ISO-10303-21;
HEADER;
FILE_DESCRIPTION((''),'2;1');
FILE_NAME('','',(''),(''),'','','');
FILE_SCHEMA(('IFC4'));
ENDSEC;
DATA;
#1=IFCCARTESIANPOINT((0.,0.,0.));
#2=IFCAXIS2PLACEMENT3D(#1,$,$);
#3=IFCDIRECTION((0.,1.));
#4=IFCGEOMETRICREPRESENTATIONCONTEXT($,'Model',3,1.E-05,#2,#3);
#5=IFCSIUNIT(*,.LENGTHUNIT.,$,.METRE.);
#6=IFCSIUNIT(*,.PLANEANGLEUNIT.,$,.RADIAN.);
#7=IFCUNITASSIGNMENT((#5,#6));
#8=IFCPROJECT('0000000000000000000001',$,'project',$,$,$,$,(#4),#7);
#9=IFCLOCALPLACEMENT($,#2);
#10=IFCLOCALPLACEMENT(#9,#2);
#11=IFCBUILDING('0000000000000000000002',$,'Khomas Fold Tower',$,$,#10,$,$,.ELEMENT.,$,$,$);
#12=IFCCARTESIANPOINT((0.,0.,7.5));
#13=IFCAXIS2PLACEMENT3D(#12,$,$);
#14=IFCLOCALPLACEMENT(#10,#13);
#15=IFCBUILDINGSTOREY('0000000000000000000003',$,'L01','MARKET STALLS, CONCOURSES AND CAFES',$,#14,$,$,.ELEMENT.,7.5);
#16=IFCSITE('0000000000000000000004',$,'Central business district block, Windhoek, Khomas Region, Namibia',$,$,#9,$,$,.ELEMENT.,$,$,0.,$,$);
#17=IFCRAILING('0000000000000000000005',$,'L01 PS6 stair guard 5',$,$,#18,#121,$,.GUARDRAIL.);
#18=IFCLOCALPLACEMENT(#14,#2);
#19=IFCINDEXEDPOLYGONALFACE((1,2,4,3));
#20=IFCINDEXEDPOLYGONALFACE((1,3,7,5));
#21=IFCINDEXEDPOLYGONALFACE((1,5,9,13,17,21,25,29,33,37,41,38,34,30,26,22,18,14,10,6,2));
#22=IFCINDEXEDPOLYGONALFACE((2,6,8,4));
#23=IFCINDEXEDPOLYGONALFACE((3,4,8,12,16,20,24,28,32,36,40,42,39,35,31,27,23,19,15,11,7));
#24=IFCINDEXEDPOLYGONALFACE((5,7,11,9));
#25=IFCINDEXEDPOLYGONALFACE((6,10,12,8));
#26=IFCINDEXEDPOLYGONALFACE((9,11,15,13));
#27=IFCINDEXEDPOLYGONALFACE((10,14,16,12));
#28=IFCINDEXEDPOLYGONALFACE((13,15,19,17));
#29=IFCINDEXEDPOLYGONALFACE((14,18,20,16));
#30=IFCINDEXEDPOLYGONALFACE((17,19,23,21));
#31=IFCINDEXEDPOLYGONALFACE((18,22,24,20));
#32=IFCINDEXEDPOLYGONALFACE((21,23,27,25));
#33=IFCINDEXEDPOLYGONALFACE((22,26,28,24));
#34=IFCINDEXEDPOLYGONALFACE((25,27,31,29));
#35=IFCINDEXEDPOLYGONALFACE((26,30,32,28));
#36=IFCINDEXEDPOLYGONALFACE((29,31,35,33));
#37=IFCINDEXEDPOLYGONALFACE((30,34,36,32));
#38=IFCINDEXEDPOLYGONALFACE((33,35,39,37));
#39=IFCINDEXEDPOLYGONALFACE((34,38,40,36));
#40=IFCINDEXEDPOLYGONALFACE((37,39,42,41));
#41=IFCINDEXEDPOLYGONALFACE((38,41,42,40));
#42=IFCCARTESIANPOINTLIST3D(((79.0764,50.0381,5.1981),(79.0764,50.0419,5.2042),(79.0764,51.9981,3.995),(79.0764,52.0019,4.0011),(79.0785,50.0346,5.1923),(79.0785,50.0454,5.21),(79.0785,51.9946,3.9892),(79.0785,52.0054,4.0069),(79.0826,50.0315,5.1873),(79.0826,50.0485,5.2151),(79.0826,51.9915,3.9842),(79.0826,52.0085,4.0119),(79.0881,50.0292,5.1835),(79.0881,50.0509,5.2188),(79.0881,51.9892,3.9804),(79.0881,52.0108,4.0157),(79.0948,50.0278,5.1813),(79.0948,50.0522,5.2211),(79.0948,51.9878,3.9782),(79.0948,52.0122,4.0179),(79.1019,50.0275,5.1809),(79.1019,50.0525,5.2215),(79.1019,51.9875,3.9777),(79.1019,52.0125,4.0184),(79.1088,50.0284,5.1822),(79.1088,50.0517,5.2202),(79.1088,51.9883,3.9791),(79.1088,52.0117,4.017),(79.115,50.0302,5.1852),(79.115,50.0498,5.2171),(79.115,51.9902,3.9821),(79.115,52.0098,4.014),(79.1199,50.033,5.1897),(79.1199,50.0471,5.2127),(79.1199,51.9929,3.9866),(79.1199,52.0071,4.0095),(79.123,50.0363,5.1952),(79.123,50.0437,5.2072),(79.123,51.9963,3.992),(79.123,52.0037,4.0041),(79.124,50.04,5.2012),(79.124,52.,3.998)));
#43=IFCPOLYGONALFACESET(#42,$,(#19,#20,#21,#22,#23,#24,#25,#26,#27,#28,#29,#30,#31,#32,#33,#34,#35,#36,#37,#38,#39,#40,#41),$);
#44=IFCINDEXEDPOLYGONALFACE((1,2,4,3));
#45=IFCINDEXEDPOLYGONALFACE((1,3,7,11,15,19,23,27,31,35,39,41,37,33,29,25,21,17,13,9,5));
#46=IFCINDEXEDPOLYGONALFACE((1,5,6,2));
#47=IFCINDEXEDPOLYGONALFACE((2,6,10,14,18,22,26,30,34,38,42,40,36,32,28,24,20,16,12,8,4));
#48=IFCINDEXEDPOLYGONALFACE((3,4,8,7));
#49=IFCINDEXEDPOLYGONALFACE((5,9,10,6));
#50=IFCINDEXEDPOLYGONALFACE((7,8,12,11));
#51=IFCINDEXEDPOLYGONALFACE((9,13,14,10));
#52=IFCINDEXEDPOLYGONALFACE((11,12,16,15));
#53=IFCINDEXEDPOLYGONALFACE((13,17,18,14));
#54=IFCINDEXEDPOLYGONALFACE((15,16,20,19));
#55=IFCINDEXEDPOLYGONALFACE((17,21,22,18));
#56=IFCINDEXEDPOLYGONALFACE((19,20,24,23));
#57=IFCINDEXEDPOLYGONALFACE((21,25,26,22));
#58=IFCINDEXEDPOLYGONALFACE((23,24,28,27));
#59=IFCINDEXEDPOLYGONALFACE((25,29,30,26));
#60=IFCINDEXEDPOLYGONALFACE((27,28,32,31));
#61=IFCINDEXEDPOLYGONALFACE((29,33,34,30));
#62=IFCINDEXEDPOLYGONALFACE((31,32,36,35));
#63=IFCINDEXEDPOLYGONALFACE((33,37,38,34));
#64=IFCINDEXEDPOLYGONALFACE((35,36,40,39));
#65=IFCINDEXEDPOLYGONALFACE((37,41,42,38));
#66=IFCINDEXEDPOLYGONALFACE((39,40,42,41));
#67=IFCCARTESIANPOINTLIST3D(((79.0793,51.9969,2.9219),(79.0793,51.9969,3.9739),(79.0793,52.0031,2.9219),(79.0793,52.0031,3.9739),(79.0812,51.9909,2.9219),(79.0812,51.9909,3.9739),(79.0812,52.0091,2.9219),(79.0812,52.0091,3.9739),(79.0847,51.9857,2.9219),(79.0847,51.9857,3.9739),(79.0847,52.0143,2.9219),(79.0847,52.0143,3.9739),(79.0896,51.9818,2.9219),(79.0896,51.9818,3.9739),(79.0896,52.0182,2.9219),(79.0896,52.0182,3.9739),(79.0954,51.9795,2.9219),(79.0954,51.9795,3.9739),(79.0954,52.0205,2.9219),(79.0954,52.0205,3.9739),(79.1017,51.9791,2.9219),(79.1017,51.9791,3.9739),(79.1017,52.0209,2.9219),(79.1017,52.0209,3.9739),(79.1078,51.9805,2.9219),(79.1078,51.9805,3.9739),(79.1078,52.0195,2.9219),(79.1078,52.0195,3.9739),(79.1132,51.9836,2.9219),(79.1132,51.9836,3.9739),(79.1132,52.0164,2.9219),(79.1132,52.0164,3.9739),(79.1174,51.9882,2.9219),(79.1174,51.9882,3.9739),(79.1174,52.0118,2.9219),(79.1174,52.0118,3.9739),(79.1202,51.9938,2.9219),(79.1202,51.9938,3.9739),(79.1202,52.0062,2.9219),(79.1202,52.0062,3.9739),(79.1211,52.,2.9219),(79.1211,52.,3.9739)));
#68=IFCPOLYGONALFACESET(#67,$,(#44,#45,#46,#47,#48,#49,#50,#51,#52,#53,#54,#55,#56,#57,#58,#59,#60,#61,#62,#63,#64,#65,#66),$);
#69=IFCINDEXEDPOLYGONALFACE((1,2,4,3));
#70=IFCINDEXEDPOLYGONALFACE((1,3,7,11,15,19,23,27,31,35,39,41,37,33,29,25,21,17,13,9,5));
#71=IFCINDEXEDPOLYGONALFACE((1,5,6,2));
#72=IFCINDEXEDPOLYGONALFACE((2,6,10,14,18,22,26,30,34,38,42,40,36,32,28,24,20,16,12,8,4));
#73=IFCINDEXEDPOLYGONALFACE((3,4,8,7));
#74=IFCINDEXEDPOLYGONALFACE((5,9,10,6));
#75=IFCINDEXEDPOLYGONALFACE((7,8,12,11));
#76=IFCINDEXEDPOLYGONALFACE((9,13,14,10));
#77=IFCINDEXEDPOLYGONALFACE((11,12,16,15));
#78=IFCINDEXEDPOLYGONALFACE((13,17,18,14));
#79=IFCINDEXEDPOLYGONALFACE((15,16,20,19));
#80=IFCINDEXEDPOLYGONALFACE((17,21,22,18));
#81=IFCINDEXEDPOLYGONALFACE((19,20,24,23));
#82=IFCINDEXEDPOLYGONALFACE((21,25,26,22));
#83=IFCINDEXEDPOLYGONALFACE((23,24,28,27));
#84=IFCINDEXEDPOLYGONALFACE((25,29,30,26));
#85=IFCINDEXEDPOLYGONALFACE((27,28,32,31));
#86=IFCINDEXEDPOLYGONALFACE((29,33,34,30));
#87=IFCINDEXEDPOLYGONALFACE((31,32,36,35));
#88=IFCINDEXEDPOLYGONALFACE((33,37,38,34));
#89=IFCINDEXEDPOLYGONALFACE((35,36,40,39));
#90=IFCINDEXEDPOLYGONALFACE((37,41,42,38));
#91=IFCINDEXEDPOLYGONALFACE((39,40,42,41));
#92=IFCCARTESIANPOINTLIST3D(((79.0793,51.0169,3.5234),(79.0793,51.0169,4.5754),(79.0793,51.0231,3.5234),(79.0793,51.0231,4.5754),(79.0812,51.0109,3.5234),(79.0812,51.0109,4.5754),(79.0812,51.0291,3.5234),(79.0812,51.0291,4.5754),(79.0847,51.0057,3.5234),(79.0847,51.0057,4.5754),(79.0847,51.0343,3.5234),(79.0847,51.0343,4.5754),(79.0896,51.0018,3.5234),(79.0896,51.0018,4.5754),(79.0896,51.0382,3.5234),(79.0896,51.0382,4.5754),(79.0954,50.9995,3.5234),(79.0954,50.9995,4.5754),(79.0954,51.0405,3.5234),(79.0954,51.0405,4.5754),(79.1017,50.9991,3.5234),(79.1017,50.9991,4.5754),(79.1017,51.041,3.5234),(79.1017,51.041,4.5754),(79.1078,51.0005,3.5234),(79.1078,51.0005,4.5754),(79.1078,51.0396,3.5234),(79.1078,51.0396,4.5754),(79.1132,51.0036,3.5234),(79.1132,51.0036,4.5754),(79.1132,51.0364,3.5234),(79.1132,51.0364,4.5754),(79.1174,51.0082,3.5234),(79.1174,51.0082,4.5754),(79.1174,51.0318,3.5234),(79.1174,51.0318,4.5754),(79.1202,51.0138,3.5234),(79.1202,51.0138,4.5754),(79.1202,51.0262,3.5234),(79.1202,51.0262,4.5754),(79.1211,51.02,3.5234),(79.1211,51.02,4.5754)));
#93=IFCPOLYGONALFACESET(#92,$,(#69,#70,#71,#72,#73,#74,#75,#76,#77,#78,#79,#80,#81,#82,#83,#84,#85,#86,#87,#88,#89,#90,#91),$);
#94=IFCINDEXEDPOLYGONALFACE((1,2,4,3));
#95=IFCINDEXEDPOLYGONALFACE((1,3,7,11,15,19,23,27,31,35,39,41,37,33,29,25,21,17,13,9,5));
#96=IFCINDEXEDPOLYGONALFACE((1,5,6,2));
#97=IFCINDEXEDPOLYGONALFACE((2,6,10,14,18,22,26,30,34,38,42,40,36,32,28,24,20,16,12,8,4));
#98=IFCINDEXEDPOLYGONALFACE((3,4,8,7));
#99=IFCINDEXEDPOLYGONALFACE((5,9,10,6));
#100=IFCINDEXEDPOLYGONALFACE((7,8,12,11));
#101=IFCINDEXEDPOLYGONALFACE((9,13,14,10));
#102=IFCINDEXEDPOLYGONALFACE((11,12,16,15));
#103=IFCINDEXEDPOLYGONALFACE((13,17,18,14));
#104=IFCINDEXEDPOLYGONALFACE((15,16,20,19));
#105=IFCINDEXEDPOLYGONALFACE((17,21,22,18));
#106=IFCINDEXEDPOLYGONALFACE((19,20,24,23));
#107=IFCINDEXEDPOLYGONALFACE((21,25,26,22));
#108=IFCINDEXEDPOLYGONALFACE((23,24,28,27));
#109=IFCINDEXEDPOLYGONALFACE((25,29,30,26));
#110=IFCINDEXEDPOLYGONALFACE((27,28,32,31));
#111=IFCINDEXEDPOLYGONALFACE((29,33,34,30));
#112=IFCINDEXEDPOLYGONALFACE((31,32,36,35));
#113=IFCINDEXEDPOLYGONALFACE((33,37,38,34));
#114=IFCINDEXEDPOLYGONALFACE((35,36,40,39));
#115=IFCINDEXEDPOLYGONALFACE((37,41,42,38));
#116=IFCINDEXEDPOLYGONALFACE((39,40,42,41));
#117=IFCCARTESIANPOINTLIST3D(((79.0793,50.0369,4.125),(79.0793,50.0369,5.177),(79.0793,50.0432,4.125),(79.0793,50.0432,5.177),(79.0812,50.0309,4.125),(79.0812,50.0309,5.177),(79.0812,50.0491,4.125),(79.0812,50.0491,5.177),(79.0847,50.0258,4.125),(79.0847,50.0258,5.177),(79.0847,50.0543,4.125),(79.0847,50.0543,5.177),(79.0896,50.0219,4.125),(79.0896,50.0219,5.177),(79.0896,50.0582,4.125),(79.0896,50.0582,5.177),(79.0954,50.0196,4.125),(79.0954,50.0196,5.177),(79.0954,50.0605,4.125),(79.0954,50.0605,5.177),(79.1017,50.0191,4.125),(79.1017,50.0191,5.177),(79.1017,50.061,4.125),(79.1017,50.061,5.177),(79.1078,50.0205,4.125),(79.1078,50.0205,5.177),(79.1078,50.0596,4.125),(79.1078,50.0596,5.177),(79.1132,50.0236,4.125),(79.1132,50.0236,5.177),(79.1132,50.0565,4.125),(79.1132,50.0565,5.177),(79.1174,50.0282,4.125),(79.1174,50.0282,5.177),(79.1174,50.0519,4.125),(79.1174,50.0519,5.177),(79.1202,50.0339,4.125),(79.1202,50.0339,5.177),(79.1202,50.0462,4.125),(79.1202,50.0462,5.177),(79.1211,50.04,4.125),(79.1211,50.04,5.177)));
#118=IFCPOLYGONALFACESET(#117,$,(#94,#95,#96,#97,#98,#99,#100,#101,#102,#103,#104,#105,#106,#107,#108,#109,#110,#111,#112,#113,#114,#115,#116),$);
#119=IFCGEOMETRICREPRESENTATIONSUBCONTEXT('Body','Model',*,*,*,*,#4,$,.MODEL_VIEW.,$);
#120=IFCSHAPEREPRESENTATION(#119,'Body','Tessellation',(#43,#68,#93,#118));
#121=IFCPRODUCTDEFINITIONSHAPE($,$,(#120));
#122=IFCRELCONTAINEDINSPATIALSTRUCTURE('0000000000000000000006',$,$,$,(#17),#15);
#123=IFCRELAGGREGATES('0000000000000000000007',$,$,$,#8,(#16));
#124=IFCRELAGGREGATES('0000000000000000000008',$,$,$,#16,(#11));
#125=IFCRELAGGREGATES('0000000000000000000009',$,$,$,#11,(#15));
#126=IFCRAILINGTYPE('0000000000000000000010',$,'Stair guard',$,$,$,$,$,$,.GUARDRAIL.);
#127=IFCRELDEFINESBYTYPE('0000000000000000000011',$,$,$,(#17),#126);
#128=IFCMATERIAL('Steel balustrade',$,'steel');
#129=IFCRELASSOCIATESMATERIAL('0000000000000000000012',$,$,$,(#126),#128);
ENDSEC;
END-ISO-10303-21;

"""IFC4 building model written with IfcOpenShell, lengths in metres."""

from ifc_helpers import new_model, si_unit, direction, frame, origin, origin_2d, place, context, subcontext, project, spatial, circle, extrude, source, transform, mapped, material, type_object, element, save


model = new_model("IFC4")

# Units and contexts
model_context = context("Model", 3, precision=1e-05, world=origin(), true_north=direction((0.0, 1.0)))
body_context = subcontext(model_context, "Body", "Model", "MODEL_VIEW")
ifc_project = project(units=[si_unit("LENGTHUNIT", "METRE"), si_unit("PLANEANGLEUNIT", "RADIAN")], contexts=[model_context])

# Site, building, storey
site_placement = place(None, origin())
site = spatial("IfcSite", under=ifc_project, at=site_placement, Name="Central business district block, Windhoek, Khomas Region, Namibia", CompositionType="ELEMENT", RefElevation=0.0)
building_placement = place(site_placement, origin())
building = spatial("IfcBuilding", under=site, at=building_placement, Name="Khomas Fold Tower", CompositionType="ELEMENT")
storey_placement = place(building_placement, frame((0.0, 0.0, 7.5)))
storey = spatial("IfcBuildingStorey", under=building, at=storey_placement, Name="L01", Description="MARKET STALLS, CONCOURSES AND CAFES", CompositionType="ELEMENT", Elevation=7.5)

# Railing
ifc_material_1 = material(Name="Steel balustrade", Category="steel")
railing_type_1 = type_object("IfcRailingType", Name="Stair guard", PredefinedType="GUARDRAIL", material=ifc_material_1)
shared_shape_1 = source(origin(), body_context, "Body", "SweptSolid", [
    extrude(circle(Radius=0.0239, at=origin_2d()), frame((0.0, 0.0, 1.0762), z_axis=(0.0, -0.852241, 0.523149), x_axis=(1.0, 0.0, 0.0)), (0.0, 0.0, 1.0), 2.2998),
    extrude(circle(Radius=0.021, at=origin_2d()), origin(), (0.0, 0.0, 1.0), 1.052),
    extrude(circle(Radius=0.021, at=origin_2d()), frame((0.0, -0.98, 0.6016)), (0.0, 0.0, 1.0), 1.052),
    extrude(circle(Radius=0.021, at=origin_2d()), frame((0.0, -1.96, 1.2031)), (0.0, 0.0, 1.0), 1.052),
])
for number, where, name in (
    (1, (79.1001, 52.0, 2.9219), "L01 PS6 stair guard 5"),
):
    element("IfcRailing", number, at=place(storey_placement, frame(where)), inside=storey, type_object=railing_type_1, Name=name, PredefinedType="GUARDRAIL", context=body_context, shape_type="MappedRepresentation", body=[
        mapped(shared_shape_1, transform((0.0, 0.0, 0.0))),
    ])

save(model, "model.ifc")
